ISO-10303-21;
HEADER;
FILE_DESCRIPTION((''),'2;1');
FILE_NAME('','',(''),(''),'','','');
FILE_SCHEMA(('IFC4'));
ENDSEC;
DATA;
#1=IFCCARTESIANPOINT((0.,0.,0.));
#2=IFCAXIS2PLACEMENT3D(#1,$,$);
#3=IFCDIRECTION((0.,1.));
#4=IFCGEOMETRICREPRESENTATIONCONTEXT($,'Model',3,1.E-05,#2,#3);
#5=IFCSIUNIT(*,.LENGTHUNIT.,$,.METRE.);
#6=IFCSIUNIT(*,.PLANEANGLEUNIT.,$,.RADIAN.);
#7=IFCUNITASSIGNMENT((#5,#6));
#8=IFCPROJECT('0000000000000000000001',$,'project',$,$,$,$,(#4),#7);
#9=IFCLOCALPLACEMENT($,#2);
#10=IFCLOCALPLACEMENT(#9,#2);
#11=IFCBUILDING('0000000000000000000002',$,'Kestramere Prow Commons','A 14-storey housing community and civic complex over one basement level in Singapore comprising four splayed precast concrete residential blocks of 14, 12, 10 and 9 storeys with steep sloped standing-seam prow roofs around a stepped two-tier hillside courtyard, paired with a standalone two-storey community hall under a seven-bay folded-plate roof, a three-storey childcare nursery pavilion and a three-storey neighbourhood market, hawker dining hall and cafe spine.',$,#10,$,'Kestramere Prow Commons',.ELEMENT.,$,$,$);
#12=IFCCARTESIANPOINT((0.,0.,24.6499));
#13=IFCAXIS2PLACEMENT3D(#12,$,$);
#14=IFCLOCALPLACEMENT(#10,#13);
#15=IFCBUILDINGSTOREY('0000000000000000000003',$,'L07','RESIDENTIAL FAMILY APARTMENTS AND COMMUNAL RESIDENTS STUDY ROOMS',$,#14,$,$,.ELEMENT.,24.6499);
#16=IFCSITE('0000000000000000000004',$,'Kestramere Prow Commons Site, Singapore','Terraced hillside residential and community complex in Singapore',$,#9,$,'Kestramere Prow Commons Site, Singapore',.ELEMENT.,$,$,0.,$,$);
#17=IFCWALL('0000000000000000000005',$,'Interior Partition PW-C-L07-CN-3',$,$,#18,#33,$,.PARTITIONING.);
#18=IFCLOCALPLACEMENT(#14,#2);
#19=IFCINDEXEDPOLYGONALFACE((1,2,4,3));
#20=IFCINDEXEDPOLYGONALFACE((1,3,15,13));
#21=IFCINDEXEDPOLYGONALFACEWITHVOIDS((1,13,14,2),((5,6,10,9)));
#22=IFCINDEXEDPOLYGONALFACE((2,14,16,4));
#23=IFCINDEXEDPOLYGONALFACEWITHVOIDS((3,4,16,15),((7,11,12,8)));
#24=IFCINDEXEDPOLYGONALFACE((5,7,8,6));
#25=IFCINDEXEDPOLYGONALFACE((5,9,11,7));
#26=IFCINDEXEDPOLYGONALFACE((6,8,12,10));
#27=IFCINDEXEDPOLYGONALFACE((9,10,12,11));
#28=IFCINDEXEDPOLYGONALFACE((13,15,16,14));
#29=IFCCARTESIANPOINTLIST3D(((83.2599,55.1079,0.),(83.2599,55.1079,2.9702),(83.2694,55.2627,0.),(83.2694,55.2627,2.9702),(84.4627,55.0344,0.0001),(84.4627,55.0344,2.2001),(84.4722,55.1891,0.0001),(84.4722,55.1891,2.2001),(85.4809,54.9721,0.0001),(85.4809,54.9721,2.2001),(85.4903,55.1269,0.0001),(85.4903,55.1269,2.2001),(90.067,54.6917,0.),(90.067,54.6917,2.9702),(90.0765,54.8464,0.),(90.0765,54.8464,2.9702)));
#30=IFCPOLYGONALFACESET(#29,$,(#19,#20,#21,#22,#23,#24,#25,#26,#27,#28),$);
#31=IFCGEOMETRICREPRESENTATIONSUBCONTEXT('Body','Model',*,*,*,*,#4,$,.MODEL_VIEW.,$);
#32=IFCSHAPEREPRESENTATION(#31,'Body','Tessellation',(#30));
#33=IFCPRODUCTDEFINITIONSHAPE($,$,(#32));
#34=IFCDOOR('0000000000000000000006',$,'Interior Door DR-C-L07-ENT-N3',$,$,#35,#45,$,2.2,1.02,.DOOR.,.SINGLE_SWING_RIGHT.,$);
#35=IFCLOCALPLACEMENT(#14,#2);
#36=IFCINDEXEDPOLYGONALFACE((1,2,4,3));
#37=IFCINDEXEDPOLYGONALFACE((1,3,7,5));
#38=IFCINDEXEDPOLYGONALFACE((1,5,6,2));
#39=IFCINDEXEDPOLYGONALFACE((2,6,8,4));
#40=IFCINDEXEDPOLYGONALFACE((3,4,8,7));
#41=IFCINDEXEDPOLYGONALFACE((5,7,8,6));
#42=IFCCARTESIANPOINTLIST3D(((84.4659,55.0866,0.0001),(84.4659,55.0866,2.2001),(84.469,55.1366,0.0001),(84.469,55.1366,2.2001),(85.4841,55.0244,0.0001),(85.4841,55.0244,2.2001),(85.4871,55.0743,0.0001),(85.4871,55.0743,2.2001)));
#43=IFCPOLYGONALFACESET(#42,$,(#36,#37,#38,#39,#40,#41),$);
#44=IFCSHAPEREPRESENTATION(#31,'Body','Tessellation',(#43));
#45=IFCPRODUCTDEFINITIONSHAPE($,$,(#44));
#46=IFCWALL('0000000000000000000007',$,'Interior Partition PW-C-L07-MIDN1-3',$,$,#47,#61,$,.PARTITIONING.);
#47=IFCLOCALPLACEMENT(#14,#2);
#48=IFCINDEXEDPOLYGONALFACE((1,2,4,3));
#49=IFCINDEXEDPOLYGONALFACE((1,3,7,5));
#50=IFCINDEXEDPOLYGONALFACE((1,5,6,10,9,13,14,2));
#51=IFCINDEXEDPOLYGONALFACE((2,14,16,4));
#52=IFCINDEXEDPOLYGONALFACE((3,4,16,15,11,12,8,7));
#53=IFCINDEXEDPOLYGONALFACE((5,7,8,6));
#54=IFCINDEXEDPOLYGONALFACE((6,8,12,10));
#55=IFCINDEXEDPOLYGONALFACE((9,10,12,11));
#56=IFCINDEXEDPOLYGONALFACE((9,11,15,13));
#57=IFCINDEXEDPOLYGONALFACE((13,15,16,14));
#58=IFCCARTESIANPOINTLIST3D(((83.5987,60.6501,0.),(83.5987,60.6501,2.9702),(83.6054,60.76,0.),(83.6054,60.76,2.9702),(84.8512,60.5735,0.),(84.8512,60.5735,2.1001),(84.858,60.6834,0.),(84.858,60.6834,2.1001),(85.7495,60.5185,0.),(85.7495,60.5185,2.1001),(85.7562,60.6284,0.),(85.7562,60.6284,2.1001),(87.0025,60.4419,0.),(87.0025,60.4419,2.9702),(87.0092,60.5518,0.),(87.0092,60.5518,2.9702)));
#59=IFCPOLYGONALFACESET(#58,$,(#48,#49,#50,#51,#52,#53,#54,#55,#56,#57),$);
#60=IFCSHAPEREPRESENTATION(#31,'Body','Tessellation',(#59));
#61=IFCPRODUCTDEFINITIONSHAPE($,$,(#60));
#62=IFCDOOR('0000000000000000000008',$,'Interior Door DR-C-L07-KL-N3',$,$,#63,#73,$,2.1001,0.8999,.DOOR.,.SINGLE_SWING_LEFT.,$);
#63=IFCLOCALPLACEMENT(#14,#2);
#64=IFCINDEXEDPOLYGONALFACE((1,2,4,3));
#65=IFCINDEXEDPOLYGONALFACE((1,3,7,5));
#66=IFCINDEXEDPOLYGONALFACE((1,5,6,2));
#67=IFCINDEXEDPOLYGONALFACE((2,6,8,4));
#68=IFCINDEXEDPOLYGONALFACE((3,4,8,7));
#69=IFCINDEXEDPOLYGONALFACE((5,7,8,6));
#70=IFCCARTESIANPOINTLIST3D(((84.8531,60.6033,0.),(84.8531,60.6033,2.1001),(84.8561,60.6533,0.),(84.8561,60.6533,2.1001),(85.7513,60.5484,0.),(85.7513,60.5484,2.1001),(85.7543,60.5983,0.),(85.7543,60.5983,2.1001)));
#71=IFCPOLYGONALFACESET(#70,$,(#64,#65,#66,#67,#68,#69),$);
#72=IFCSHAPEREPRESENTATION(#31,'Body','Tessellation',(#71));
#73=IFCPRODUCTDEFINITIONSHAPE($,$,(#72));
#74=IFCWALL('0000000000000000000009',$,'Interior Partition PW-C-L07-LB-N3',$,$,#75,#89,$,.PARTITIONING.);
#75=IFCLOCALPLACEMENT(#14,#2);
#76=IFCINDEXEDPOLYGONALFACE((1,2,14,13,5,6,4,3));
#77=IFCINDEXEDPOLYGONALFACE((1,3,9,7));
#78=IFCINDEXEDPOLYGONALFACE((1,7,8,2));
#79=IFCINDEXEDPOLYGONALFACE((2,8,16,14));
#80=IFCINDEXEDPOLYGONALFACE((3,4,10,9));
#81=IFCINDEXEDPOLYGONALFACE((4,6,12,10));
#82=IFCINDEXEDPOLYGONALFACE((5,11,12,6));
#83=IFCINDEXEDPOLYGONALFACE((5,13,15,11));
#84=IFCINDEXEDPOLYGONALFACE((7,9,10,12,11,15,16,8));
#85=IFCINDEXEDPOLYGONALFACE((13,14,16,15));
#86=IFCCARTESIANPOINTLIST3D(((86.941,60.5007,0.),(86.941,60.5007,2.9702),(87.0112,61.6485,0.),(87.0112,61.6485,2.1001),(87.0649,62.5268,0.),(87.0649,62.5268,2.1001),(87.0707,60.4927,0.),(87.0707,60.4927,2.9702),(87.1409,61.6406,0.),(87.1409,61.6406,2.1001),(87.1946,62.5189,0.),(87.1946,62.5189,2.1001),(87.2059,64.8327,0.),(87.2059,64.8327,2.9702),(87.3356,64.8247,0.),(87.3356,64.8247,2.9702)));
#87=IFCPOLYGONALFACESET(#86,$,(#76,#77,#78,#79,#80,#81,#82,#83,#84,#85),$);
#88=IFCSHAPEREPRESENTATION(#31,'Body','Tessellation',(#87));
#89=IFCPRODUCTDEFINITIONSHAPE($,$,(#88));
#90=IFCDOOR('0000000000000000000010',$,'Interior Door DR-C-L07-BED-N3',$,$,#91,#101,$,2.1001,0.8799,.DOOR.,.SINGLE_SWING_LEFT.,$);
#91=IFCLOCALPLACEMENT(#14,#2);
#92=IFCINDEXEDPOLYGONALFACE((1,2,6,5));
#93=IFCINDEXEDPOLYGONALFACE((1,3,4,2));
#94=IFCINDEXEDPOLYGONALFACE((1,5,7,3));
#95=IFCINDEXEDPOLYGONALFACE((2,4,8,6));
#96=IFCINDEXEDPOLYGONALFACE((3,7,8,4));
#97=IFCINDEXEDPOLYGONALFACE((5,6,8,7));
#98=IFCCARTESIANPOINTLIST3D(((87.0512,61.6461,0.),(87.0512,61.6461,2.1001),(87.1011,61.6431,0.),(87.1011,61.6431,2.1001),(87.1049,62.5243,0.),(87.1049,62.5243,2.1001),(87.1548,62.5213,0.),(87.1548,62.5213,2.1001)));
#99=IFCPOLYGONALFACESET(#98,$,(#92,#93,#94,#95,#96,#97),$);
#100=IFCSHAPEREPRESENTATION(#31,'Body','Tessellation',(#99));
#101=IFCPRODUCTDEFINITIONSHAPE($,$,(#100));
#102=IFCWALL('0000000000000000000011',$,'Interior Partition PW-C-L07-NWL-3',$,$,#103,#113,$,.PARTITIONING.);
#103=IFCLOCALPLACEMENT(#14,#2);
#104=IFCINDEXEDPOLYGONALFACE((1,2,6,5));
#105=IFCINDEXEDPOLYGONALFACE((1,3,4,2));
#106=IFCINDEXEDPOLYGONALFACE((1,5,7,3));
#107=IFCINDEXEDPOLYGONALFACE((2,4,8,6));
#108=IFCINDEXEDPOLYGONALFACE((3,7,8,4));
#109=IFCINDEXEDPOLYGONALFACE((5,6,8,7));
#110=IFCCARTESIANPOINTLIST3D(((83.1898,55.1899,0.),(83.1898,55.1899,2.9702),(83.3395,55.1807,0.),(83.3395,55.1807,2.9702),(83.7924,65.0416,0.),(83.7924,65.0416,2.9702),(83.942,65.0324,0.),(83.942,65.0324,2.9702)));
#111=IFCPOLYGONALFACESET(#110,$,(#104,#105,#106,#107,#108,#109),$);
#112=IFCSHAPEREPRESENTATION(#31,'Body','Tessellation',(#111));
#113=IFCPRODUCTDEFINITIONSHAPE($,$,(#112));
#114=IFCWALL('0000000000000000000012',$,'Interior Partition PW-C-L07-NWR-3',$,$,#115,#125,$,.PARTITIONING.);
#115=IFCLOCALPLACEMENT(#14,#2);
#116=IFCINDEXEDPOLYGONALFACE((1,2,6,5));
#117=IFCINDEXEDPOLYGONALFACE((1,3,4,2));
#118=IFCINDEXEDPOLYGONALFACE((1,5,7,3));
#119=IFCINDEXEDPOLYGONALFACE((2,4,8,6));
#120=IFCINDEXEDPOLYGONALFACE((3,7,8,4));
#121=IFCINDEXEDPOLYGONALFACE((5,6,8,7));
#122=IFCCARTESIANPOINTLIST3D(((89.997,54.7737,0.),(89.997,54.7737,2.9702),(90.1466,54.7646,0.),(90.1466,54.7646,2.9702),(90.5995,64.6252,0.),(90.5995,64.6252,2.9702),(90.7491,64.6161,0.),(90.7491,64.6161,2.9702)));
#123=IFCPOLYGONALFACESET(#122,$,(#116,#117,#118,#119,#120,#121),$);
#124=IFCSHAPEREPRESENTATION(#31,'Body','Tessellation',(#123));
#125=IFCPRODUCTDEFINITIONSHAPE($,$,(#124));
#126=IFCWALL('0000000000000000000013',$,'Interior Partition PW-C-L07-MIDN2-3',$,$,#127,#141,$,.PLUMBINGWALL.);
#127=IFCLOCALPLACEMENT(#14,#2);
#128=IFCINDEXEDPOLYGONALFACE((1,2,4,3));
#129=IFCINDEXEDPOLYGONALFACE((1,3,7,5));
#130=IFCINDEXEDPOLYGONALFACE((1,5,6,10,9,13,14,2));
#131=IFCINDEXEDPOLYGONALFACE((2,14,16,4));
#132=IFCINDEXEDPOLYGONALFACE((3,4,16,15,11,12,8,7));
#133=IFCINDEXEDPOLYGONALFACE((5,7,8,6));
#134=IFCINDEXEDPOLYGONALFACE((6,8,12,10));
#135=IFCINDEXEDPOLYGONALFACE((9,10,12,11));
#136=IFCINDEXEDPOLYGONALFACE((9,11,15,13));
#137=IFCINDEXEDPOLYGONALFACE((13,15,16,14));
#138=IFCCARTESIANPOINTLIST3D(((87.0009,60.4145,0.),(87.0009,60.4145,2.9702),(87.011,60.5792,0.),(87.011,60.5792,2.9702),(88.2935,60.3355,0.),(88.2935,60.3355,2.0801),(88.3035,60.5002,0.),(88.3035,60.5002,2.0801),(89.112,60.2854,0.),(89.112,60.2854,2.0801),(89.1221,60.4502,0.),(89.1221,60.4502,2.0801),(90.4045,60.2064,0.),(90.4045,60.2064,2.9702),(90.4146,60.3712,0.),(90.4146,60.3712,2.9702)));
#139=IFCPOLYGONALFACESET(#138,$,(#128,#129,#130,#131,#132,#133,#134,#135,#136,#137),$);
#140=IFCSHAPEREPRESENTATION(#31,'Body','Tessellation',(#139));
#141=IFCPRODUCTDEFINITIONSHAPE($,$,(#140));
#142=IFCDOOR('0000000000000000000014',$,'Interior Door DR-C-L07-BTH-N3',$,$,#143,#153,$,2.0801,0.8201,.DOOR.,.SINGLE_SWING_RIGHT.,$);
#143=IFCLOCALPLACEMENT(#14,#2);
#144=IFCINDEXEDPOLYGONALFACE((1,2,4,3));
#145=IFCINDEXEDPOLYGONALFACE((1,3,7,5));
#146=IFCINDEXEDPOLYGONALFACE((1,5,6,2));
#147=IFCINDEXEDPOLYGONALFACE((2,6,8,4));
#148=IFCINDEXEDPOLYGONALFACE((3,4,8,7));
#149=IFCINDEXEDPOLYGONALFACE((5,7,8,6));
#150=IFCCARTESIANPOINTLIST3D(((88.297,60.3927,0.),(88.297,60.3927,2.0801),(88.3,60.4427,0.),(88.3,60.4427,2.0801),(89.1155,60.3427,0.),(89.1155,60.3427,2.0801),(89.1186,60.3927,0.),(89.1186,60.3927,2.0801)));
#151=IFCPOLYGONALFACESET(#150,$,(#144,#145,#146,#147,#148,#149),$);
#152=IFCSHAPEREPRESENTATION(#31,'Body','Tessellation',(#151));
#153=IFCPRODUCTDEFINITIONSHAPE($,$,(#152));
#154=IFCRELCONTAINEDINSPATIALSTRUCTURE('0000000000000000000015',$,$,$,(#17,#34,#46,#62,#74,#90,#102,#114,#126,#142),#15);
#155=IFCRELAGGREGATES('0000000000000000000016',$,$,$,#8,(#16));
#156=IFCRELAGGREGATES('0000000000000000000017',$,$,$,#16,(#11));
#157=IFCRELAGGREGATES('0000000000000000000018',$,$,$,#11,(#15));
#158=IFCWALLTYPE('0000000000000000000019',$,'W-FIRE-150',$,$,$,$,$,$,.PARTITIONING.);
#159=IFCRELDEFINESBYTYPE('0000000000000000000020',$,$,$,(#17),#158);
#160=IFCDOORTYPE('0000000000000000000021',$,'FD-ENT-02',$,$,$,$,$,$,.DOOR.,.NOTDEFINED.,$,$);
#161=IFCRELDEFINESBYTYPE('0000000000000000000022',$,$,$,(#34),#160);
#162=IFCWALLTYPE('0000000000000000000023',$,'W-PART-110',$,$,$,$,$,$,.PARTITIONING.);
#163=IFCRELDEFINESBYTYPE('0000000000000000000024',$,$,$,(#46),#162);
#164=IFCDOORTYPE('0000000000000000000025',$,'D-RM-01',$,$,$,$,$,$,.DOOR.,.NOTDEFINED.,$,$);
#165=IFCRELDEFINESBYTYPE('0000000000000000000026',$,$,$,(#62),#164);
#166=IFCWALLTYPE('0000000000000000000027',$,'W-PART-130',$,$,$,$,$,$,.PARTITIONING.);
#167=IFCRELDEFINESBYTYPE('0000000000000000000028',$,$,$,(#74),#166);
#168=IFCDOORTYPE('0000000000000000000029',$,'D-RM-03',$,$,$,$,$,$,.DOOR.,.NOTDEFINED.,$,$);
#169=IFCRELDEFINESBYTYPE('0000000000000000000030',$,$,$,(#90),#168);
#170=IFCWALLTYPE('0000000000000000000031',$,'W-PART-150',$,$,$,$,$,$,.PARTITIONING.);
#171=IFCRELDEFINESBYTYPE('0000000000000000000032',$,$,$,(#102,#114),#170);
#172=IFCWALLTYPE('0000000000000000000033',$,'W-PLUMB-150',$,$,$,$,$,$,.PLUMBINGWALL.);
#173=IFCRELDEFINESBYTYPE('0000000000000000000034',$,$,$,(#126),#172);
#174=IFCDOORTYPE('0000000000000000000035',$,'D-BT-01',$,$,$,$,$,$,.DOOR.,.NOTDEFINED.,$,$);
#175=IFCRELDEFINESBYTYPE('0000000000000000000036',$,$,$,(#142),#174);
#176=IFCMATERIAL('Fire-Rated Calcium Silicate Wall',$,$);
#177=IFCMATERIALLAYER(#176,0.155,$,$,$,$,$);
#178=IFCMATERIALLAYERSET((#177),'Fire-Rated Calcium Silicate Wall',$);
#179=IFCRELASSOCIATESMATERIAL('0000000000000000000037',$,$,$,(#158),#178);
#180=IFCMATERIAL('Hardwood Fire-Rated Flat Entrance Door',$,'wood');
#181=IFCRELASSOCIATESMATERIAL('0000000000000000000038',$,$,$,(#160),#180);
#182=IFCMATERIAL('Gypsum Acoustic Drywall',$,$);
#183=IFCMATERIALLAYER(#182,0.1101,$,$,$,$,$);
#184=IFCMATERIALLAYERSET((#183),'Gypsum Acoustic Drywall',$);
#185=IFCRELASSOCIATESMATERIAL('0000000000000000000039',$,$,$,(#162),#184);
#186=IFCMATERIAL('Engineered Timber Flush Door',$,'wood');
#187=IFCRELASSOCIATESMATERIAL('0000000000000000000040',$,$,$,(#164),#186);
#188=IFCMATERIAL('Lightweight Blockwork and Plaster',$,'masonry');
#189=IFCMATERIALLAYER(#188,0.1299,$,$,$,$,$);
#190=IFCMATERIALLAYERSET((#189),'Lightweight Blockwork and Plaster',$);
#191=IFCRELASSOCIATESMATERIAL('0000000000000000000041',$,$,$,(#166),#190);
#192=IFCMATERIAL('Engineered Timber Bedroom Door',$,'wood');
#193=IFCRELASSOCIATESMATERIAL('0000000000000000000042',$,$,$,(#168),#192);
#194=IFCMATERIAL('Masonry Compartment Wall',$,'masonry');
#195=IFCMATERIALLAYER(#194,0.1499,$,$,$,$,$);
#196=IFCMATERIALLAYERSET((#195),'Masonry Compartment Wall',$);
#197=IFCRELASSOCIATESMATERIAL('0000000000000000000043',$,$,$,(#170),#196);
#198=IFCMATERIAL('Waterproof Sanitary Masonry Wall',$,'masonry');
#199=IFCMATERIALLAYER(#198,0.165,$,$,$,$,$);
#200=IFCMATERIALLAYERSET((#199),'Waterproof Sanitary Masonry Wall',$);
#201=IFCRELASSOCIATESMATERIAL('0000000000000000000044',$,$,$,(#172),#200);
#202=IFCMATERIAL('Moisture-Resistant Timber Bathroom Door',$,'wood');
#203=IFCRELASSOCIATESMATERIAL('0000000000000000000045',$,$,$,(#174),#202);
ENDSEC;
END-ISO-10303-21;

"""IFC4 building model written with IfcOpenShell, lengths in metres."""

from ifc_helpers import new_model, si_unit, direction, frame, frame_2d, origin, place, context, subcontext, project, spatial, rectangle, extrude, material, layer, layer_set, type_object, element, fill, save


model = new_model("IFC4")

# Units and contexts
model_context = context("Model", 3, precision=1e-05, world=origin(), true_north=direction((0.0, 1.0)))
body_context = subcontext(model_context, "Body", "Model", "MODEL_VIEW")
ifc_project = project(units=[si_unit("LENGTHUNIT", "METRE"), si_unit("PLANEANGLEUNIT", "RADIAN")], contexts=[model_context])

# Site, building, storey
site_placement = place(None, origin())
site = spatial("IfcSite", under=ifc_project, at=site_placement, Name="Kestramere Prow Commons Site, Singapore", Description="Terraced hillside residential and community complex in Singapore", LongName="Kestramere Prow Commons Site, Singapore", CompositionType="ELEMENT", RefElevation=0.0)
building_placement = place(site_placement, origin())
building = spatial("IfcBuilding", under=site, at=building_placement, Name="Kestramere Prow Commons", Description="A 14-storey housing community and civic complex over one basement level in Singapore comprising four splayed precast concrete residential blocks of 14, 12, 10 and 9 storeys with steep sloped standing-seam prow roofs around a stepped two-tier hillside courtyard, paired with a standalone two-storey community hall under a seven-bay folded-plate roof, a three-storey childcare nursery pavilion and a three-storey neighbourhood market, hawker dining hall and cafe spine.", LongName="Kestramere Prow Commons", CompositionType="ELEMENT")
storey_placement = place(building_placement, frame((0.0, 0.0, 24.6499)))
storey = spatial("IfcBuildingStorey", under=building, at=storey_placement, Name="L07", Description="RESIDENTIAL FAMILY APARTMENTS AND COMMUNAL RESIDENTS STUDY ROOMS", CompositionType="ELEMENT", Elevation=24.6499)

# Walls, openings, doors
ifc_material_1 = material(Name="Fire-Rated Calcium Silicate Wall")
ifc_layer_1 = layer(ifc_material_1, 0.155)
ifc_layer_set_1 = layer_set([ifc_layer_1], Name="Fire-Rated Calcium Silicate Wall")
wall_type_1 = type_object("IfcWallType", Name="W-FIRE-150", PredefinedType="PARTITIONING", material=ifc_layer_set_1)
ifc_material_2 = material(Name="Hardwood Fire-Rated Flat Entrance Door", Category="wood")
wall_1_placement = place(storey_placement, frame((83.2646, 55.1853, 0.0), z_axis=(0.0, 0.0, 1.0), x_axis=(0.998136, -0.061037, 0.0)))
wall_1 = element("IfcWall", 1, at=wall_1_placement, inside=storey, type_object=wall_type_1, Name="Interior Partition PW-C-L07-CN-3", PredefinedType="PARTITIONING", context=body_context, shape_type="SweptSolid", body=[
    extrude(rectangle(XDim=6.8198, YDim=0.155, at=frame_2d((3.4099, 0.0))), origin(), (0.0, 0.0, 1.0), 2.9702),
])
opening_1_placement = place(wall_1_placement, frame((1.2051, 0.0, 0.0)))
opening_1 = element("IfcOpeningElement", 2, at=opening_1_placement, cuts=wall_1, PredefinedType="OPENING", context=body_context, shape_type="SweptSolid", body=[
    extrude(rectangle(XDim=1.02, YDim=2.2, at=frame_2d((0.51, 1.1001))), frame((0.0, 0.0925, 0.0), z_axis=(0.0, -1.0, 0.0), x_axis=(1.0, 0.0, 0.0)), (0.0, 0.0, 1.0), 0.1851),
])
door_type_1 = type_object("IfcDoorType", Name="FD-ENT-02", OperationType="NOTDEFINED", PredefinedType="DOOR", material=ifc_material_2)
door_1_placement = place(opening_1_placement, origin())
door_1 = element("IfcDoor", 3, at=door_1_placement, inside=storey, type_object=door_type_1, Name="Interior Door DR-C-L07-ENT-N3", OperationType="SINGLE_SWING_RIGHT", OverallHeight=2.2, OverallWidth=1.02, PredefinedType="DOOR", context=body_context, shape_type="SweptSolid", body=[
    extrude(rectangle(XDim=1.02, YDim=2.2, at=frame_2d((0.51, 1.1001))), frame((0.0, 0.0249, 0.0), z_axis=(0.0, -1.0, 0.0), x_axis=(1.0, 0.0, 0.0)), (0.0, 0.0, 1.0), 0.05),
])
fill(opening_1, door_1)
ifc_material_3 = material(Name="Gypsum Acoustic Drywall")
ifc_layer_2 = layer(ifc_material_3, 0.1101)
ifc_layer_set_2 = layer_set([ifc_layer_2], Name="Gypsum Acoustic Drywall")
wall_type_2 = type_object("IfcWallType", Name="W-PART-110", PredefinedType="PARTITIONING", material=ifc_layer_set_2)
wall_2_placement = place(storey_placement, frame((83.6021, 60.7051, 0.0), z_axis=(0.0, 0.0, 1.0), x_axis=(0.998134, -0.061068, 0.0)))
wall_2 = element("IfcWall", 4, at=wall_2_placement, inside=storey, type_object=wall_type_2, Name="Interior Partition PW-C-L07-MIDN1-3", PredefinedType="PARTITIONING", context=body_context, shape_type="SweptSolid", body=[
    extrude(rectangle(XDim=3.4102, YDim=0.1101, at=frame_2d((1.7051, 0.0))), origin(), (0.0, 0.0, 1.0), 2.9702),
])
opening_2_placement = place(wall_2_placement, frame((1.2549, 0.0, 0.0)))
opening_2 = element("IfcOpeningElement", 5, at=opening_2_placement, cuts=wall_2, PredefinedType="OPENING", context=body_context, shape_type="SweptSolid", body=[
    extrude(rectangle(XDim=0.8999, YDim=2.1001, at=frame_2d((0.45, 1.05))), frame((0.0, 0.0701, 0.0), z_axis=(0.0, -1.0, 0.0), x_axis=(1.0, 0.0, 0.0)), (0.0, 0.0, 1.0), 0.1401),
])
ifc_material_4 = material(Name="Engineered Timber Flush Door", Category="wood")
door_type_2 = type_object("IfcDoorType", Name="D-RM-01", OperationType="NOTDEFINED", PredefinedType="DOOR", material=ifc_material_4)
door_2_placement = place(opening_2_placement, origin())
door_2 = element("IfcDoor", 6, at=door_2_placement, inside=storey, type_object=door_type_2, Name="Interior Door DR-C-L07-KL-N3", OperationType="SINGLE_SWING_LEFT", OverallHeight=2.1001, OverallWidth=0.8999, PredefinedType="DOOR", context=body_context, shape_type="SweptSolid", body=[
    extrude(rectangle(XDim=0.8999, YDim=2.1001, at=frame_2d((0.45, 1.05))), frame((0.0, 0.0249, 0.0), z_axis=(0.0, -1.0, 0.0), x_axis=(1.0, 0.0, 0.0)), (0.0, 0.0, 1.0), 0.05),
])
fill(opening_2, door_2)
ifc_material_5 = material(Name="Lightweight Blockwork and Plaster", Category="masonry")
ifc_layer_3 = layer(ifc_material_5, 0.1299)
ifc_layer_set_3 = layer_set([ifc_layer_3], Name="Lightweight Blockwork and Plaster")
wall_type_3 = type_object("IfcWallType", Name="W-PART-130", PredefinedType="PARTITIONING", material=ifc_layer_set_3)
wall_3_placement = place(storey_placement, frame((87.0059, 60.4968, 0.0), z_axis=(0.0, 0.0, 1.0), x_axis=(0.061033, 0.998136, 0.0)))
wall_3 = element("IfcWall", 7, at=wall_3_placement, inside=storey, type_object=wall_type_3, Name="Interior Partition PW-C-L07-LB-N3", PredefinedType="PARTITIONING", context=body_context, shape_type="SweptSolid", body=[
    extrude(rectangle(XDim=4.3401, YDim=0.1299, at=frame_2d((2.1699, 0.0))), origin(), (0.0, 0.0, 1.0), 2.9702),
])
opening_3_placement = place(wall_3_placement, frame((1.1499, 0.0, 0.0)))
opening_3 = element("IfcOpeningElement", 8, at=opening_3_placement, cuts=wall_3, PredefinedType="OPENING", context=body_context, shape_type="SweptSolid", body=[
    extrude(rectangle(XDim=0.8799, YDim=2.1001, at=frame_2d((0.4399, 1.05))), frame((0.0, 0.0798, 0.0), z_axis=(0.0, -1.0, 0.0), x_axis=(1.0, 0.0, 0.0)), (0.0, 0.0, 1.0), 0.1599),
])
ifc_material_6 = material(Name="Engineered Timber Bedroom Door", Category="wood")
door_type_3 = type_object("IfcDoorType", Name="D-RM-03", OperationType="NOTDEFINED", PredefinedType="DOOR", material=ifc_material_6)
door_3_placement = place(opening_3_placement, origin())
door_3 = element("IfcDoor", 9, at=door_3_placement, inside=storey, type_object=door_type_3, Name="Interior Door DR-C-L07-BED-N3", OperationType="SINGLE_SWING_LEFT", OverallHeight=2.1001, OverallWidth=0.8799, PredefinedType="DOOR", context=body_context, shape_type="SweptSolid", body=[
    extrude(rectangle(XDim=0.8799, YDim=2.1001, at=frame_2d((0.4399, 1.05))), frame((0.0, 0.0249, 0.0), z_axis=(0.0, -1.0, 0.0), x_axis=(1.0, 0.0, 0.0)), (0.0, 0.0, 1.0), 0.05),
])
fill(opening_3, door_3)

# Walls
ifc_material_7 = material(Name="Masonry Compartment Wall", Category="masonry")
ifc_layer_4 = layer(ifc_material_7, 0.1499)
ifc_layer_set_4 = layer_set([ifc_layer_4], Name="Masonry Compartment Wall")
wall_type_4 = type_object("IfcWallType", Name="W-PART-150", PredefinedType="PARTITIONING", material=ifc_layer_set_4)
wall_4_placement = place(storey_placement, frame((83.2646, 55.1853, 0.0), z_axis=(0.0, 0.0, 1.0), x_axis=(0.061046, 0.998135, 0.0)))
element("IfcWall", 10, at=wall_4_placement, inside=storey, type_object=wall_type_4, Name="Interior Partition PW-C-L07-NWL-3", PredefinedType="PARTITIONING", context=body_context, shape_type="SweptSolid", body=[
    extrude(rectangle(XDim=9.8701, YDim=0.1499, at=frame_2d((4.9351, 0.0))), origin(), (0.0, 0.0, 1.0), 2.9702),
])
wall_5_placement = place(storey_placement, frame((90.0718, 54.769, 0.0), z_axis=(0.0, 0.0, 1.0), x_axis=(0.061048, 0.998135, 0.0)))
element("IfcWall", 11, at=wall_5_placement, inside=storey, type_object=wall_type_4, Name="Interior Partition PW-C-L07-NWR-3", PredefinedType="PARTITIONING", context=body_context, shape_type="SweptSolid", body=[
    extrude(rectangle(XDim=9.8699, YDim=0.1499, at=frame_2d((4.9351, 0.0))), origin(), (0.0, 0.0, 1.0), 2.9702),
])

# Wall, opening, door
ifc_material_8 = material(Name="Waterproof Sanitary Masonry Wall", Category="masonry")
ifc_layer_5 = layer(ifc_material_8, 0.165)
ifc_layer_set_5 = layer_set([ifc_layer_5], Name="Waterproof Sanitary Masonry Wall")
wall_type_5 = type_object("IfcWallType", Name="W-PLUMB-150", PredefinedType="PLUMBINGWALL", material=ifc_layer_set_5)
wall_6_placement = place(storey_placement, frame((87.0059, 60.4968, 0.0), z_axis=(0.0, 0.0, 1.0), x_axis=(0.998138, -0.061001, 0.0)))
wall_6 = element("IfcWall", 12, at=wall_6_placement, inside=storey, type_object=wall_type_5, Name="Interior Partition PW-C-L07-MIDN2-3", PredefinedType="PLUMBINGWALL", context=body_context, shape_type="SweptSolid", body=[
    extrude(rectangle(XDim=3.4099, YDim=0.165, at=frame_2d((1.7051, 0.0))), origin(), (0.0, 0.0, 1.0), 2.9702),
])
opening_4_placement = place(wall_6_placement, frame((1.2949, 0.0, 0.0)))
opening_4 = element("IfcOpeningElement", 13, at=opening_4_placement, cuts=wall_6, PredefinedType="OPENING", context=body_context, shape_type="SweptSolid", body=[
    extrude(rectangle(XDim=0.8201, YDim=2.0801, at=frame_2d((0.4102, 1.04))), frame((0.0, 0.0974, 0.0), z_axis=(0.0, -1.0, 0.0), x_axis=(1.0, 0.0, 0.0)), (0.0, 0.0, 1.0), 0.1951),
])
ifc_material_9 = material(Name="Moisture-Resistant Timber Bathroom Door", Category="wood")
door_type_4 = type_object("IfcDoorType", Name="D-BT-01", OperationType="NOTDEFINED", PredefinedType="DOOR", material=ifc_material_9)
door_4_placement = place(opening_4_placement, origin())
door_4 = element("IfcDoor", 14, at=door_4_placement, inside=storey, type_object=door_type_4, Name="Interior Door DR-C-L07-BTH-N3", OperationType="SINGLE_SWING_RIGHT", OverallHeight=2.0801, OverallWidth=0.8201, PredefinedType="DOOR", context=body_context, shape_type="SweptSolid", body=[
    extrude(rectangle(XDim=0.8201, YDim=2.0801, at=frame_2d((0.4102, 1.04))), frame((0.0, 0.0249, 0.0), z_axis=(0.0, -1.0, 0.0), x_axis=(1.0, 0.0, 0.0)), (0.0, 0.0, 1.0), 0.05),
])
fill(opening_4, door_4)

save(model, "model.ifc")
